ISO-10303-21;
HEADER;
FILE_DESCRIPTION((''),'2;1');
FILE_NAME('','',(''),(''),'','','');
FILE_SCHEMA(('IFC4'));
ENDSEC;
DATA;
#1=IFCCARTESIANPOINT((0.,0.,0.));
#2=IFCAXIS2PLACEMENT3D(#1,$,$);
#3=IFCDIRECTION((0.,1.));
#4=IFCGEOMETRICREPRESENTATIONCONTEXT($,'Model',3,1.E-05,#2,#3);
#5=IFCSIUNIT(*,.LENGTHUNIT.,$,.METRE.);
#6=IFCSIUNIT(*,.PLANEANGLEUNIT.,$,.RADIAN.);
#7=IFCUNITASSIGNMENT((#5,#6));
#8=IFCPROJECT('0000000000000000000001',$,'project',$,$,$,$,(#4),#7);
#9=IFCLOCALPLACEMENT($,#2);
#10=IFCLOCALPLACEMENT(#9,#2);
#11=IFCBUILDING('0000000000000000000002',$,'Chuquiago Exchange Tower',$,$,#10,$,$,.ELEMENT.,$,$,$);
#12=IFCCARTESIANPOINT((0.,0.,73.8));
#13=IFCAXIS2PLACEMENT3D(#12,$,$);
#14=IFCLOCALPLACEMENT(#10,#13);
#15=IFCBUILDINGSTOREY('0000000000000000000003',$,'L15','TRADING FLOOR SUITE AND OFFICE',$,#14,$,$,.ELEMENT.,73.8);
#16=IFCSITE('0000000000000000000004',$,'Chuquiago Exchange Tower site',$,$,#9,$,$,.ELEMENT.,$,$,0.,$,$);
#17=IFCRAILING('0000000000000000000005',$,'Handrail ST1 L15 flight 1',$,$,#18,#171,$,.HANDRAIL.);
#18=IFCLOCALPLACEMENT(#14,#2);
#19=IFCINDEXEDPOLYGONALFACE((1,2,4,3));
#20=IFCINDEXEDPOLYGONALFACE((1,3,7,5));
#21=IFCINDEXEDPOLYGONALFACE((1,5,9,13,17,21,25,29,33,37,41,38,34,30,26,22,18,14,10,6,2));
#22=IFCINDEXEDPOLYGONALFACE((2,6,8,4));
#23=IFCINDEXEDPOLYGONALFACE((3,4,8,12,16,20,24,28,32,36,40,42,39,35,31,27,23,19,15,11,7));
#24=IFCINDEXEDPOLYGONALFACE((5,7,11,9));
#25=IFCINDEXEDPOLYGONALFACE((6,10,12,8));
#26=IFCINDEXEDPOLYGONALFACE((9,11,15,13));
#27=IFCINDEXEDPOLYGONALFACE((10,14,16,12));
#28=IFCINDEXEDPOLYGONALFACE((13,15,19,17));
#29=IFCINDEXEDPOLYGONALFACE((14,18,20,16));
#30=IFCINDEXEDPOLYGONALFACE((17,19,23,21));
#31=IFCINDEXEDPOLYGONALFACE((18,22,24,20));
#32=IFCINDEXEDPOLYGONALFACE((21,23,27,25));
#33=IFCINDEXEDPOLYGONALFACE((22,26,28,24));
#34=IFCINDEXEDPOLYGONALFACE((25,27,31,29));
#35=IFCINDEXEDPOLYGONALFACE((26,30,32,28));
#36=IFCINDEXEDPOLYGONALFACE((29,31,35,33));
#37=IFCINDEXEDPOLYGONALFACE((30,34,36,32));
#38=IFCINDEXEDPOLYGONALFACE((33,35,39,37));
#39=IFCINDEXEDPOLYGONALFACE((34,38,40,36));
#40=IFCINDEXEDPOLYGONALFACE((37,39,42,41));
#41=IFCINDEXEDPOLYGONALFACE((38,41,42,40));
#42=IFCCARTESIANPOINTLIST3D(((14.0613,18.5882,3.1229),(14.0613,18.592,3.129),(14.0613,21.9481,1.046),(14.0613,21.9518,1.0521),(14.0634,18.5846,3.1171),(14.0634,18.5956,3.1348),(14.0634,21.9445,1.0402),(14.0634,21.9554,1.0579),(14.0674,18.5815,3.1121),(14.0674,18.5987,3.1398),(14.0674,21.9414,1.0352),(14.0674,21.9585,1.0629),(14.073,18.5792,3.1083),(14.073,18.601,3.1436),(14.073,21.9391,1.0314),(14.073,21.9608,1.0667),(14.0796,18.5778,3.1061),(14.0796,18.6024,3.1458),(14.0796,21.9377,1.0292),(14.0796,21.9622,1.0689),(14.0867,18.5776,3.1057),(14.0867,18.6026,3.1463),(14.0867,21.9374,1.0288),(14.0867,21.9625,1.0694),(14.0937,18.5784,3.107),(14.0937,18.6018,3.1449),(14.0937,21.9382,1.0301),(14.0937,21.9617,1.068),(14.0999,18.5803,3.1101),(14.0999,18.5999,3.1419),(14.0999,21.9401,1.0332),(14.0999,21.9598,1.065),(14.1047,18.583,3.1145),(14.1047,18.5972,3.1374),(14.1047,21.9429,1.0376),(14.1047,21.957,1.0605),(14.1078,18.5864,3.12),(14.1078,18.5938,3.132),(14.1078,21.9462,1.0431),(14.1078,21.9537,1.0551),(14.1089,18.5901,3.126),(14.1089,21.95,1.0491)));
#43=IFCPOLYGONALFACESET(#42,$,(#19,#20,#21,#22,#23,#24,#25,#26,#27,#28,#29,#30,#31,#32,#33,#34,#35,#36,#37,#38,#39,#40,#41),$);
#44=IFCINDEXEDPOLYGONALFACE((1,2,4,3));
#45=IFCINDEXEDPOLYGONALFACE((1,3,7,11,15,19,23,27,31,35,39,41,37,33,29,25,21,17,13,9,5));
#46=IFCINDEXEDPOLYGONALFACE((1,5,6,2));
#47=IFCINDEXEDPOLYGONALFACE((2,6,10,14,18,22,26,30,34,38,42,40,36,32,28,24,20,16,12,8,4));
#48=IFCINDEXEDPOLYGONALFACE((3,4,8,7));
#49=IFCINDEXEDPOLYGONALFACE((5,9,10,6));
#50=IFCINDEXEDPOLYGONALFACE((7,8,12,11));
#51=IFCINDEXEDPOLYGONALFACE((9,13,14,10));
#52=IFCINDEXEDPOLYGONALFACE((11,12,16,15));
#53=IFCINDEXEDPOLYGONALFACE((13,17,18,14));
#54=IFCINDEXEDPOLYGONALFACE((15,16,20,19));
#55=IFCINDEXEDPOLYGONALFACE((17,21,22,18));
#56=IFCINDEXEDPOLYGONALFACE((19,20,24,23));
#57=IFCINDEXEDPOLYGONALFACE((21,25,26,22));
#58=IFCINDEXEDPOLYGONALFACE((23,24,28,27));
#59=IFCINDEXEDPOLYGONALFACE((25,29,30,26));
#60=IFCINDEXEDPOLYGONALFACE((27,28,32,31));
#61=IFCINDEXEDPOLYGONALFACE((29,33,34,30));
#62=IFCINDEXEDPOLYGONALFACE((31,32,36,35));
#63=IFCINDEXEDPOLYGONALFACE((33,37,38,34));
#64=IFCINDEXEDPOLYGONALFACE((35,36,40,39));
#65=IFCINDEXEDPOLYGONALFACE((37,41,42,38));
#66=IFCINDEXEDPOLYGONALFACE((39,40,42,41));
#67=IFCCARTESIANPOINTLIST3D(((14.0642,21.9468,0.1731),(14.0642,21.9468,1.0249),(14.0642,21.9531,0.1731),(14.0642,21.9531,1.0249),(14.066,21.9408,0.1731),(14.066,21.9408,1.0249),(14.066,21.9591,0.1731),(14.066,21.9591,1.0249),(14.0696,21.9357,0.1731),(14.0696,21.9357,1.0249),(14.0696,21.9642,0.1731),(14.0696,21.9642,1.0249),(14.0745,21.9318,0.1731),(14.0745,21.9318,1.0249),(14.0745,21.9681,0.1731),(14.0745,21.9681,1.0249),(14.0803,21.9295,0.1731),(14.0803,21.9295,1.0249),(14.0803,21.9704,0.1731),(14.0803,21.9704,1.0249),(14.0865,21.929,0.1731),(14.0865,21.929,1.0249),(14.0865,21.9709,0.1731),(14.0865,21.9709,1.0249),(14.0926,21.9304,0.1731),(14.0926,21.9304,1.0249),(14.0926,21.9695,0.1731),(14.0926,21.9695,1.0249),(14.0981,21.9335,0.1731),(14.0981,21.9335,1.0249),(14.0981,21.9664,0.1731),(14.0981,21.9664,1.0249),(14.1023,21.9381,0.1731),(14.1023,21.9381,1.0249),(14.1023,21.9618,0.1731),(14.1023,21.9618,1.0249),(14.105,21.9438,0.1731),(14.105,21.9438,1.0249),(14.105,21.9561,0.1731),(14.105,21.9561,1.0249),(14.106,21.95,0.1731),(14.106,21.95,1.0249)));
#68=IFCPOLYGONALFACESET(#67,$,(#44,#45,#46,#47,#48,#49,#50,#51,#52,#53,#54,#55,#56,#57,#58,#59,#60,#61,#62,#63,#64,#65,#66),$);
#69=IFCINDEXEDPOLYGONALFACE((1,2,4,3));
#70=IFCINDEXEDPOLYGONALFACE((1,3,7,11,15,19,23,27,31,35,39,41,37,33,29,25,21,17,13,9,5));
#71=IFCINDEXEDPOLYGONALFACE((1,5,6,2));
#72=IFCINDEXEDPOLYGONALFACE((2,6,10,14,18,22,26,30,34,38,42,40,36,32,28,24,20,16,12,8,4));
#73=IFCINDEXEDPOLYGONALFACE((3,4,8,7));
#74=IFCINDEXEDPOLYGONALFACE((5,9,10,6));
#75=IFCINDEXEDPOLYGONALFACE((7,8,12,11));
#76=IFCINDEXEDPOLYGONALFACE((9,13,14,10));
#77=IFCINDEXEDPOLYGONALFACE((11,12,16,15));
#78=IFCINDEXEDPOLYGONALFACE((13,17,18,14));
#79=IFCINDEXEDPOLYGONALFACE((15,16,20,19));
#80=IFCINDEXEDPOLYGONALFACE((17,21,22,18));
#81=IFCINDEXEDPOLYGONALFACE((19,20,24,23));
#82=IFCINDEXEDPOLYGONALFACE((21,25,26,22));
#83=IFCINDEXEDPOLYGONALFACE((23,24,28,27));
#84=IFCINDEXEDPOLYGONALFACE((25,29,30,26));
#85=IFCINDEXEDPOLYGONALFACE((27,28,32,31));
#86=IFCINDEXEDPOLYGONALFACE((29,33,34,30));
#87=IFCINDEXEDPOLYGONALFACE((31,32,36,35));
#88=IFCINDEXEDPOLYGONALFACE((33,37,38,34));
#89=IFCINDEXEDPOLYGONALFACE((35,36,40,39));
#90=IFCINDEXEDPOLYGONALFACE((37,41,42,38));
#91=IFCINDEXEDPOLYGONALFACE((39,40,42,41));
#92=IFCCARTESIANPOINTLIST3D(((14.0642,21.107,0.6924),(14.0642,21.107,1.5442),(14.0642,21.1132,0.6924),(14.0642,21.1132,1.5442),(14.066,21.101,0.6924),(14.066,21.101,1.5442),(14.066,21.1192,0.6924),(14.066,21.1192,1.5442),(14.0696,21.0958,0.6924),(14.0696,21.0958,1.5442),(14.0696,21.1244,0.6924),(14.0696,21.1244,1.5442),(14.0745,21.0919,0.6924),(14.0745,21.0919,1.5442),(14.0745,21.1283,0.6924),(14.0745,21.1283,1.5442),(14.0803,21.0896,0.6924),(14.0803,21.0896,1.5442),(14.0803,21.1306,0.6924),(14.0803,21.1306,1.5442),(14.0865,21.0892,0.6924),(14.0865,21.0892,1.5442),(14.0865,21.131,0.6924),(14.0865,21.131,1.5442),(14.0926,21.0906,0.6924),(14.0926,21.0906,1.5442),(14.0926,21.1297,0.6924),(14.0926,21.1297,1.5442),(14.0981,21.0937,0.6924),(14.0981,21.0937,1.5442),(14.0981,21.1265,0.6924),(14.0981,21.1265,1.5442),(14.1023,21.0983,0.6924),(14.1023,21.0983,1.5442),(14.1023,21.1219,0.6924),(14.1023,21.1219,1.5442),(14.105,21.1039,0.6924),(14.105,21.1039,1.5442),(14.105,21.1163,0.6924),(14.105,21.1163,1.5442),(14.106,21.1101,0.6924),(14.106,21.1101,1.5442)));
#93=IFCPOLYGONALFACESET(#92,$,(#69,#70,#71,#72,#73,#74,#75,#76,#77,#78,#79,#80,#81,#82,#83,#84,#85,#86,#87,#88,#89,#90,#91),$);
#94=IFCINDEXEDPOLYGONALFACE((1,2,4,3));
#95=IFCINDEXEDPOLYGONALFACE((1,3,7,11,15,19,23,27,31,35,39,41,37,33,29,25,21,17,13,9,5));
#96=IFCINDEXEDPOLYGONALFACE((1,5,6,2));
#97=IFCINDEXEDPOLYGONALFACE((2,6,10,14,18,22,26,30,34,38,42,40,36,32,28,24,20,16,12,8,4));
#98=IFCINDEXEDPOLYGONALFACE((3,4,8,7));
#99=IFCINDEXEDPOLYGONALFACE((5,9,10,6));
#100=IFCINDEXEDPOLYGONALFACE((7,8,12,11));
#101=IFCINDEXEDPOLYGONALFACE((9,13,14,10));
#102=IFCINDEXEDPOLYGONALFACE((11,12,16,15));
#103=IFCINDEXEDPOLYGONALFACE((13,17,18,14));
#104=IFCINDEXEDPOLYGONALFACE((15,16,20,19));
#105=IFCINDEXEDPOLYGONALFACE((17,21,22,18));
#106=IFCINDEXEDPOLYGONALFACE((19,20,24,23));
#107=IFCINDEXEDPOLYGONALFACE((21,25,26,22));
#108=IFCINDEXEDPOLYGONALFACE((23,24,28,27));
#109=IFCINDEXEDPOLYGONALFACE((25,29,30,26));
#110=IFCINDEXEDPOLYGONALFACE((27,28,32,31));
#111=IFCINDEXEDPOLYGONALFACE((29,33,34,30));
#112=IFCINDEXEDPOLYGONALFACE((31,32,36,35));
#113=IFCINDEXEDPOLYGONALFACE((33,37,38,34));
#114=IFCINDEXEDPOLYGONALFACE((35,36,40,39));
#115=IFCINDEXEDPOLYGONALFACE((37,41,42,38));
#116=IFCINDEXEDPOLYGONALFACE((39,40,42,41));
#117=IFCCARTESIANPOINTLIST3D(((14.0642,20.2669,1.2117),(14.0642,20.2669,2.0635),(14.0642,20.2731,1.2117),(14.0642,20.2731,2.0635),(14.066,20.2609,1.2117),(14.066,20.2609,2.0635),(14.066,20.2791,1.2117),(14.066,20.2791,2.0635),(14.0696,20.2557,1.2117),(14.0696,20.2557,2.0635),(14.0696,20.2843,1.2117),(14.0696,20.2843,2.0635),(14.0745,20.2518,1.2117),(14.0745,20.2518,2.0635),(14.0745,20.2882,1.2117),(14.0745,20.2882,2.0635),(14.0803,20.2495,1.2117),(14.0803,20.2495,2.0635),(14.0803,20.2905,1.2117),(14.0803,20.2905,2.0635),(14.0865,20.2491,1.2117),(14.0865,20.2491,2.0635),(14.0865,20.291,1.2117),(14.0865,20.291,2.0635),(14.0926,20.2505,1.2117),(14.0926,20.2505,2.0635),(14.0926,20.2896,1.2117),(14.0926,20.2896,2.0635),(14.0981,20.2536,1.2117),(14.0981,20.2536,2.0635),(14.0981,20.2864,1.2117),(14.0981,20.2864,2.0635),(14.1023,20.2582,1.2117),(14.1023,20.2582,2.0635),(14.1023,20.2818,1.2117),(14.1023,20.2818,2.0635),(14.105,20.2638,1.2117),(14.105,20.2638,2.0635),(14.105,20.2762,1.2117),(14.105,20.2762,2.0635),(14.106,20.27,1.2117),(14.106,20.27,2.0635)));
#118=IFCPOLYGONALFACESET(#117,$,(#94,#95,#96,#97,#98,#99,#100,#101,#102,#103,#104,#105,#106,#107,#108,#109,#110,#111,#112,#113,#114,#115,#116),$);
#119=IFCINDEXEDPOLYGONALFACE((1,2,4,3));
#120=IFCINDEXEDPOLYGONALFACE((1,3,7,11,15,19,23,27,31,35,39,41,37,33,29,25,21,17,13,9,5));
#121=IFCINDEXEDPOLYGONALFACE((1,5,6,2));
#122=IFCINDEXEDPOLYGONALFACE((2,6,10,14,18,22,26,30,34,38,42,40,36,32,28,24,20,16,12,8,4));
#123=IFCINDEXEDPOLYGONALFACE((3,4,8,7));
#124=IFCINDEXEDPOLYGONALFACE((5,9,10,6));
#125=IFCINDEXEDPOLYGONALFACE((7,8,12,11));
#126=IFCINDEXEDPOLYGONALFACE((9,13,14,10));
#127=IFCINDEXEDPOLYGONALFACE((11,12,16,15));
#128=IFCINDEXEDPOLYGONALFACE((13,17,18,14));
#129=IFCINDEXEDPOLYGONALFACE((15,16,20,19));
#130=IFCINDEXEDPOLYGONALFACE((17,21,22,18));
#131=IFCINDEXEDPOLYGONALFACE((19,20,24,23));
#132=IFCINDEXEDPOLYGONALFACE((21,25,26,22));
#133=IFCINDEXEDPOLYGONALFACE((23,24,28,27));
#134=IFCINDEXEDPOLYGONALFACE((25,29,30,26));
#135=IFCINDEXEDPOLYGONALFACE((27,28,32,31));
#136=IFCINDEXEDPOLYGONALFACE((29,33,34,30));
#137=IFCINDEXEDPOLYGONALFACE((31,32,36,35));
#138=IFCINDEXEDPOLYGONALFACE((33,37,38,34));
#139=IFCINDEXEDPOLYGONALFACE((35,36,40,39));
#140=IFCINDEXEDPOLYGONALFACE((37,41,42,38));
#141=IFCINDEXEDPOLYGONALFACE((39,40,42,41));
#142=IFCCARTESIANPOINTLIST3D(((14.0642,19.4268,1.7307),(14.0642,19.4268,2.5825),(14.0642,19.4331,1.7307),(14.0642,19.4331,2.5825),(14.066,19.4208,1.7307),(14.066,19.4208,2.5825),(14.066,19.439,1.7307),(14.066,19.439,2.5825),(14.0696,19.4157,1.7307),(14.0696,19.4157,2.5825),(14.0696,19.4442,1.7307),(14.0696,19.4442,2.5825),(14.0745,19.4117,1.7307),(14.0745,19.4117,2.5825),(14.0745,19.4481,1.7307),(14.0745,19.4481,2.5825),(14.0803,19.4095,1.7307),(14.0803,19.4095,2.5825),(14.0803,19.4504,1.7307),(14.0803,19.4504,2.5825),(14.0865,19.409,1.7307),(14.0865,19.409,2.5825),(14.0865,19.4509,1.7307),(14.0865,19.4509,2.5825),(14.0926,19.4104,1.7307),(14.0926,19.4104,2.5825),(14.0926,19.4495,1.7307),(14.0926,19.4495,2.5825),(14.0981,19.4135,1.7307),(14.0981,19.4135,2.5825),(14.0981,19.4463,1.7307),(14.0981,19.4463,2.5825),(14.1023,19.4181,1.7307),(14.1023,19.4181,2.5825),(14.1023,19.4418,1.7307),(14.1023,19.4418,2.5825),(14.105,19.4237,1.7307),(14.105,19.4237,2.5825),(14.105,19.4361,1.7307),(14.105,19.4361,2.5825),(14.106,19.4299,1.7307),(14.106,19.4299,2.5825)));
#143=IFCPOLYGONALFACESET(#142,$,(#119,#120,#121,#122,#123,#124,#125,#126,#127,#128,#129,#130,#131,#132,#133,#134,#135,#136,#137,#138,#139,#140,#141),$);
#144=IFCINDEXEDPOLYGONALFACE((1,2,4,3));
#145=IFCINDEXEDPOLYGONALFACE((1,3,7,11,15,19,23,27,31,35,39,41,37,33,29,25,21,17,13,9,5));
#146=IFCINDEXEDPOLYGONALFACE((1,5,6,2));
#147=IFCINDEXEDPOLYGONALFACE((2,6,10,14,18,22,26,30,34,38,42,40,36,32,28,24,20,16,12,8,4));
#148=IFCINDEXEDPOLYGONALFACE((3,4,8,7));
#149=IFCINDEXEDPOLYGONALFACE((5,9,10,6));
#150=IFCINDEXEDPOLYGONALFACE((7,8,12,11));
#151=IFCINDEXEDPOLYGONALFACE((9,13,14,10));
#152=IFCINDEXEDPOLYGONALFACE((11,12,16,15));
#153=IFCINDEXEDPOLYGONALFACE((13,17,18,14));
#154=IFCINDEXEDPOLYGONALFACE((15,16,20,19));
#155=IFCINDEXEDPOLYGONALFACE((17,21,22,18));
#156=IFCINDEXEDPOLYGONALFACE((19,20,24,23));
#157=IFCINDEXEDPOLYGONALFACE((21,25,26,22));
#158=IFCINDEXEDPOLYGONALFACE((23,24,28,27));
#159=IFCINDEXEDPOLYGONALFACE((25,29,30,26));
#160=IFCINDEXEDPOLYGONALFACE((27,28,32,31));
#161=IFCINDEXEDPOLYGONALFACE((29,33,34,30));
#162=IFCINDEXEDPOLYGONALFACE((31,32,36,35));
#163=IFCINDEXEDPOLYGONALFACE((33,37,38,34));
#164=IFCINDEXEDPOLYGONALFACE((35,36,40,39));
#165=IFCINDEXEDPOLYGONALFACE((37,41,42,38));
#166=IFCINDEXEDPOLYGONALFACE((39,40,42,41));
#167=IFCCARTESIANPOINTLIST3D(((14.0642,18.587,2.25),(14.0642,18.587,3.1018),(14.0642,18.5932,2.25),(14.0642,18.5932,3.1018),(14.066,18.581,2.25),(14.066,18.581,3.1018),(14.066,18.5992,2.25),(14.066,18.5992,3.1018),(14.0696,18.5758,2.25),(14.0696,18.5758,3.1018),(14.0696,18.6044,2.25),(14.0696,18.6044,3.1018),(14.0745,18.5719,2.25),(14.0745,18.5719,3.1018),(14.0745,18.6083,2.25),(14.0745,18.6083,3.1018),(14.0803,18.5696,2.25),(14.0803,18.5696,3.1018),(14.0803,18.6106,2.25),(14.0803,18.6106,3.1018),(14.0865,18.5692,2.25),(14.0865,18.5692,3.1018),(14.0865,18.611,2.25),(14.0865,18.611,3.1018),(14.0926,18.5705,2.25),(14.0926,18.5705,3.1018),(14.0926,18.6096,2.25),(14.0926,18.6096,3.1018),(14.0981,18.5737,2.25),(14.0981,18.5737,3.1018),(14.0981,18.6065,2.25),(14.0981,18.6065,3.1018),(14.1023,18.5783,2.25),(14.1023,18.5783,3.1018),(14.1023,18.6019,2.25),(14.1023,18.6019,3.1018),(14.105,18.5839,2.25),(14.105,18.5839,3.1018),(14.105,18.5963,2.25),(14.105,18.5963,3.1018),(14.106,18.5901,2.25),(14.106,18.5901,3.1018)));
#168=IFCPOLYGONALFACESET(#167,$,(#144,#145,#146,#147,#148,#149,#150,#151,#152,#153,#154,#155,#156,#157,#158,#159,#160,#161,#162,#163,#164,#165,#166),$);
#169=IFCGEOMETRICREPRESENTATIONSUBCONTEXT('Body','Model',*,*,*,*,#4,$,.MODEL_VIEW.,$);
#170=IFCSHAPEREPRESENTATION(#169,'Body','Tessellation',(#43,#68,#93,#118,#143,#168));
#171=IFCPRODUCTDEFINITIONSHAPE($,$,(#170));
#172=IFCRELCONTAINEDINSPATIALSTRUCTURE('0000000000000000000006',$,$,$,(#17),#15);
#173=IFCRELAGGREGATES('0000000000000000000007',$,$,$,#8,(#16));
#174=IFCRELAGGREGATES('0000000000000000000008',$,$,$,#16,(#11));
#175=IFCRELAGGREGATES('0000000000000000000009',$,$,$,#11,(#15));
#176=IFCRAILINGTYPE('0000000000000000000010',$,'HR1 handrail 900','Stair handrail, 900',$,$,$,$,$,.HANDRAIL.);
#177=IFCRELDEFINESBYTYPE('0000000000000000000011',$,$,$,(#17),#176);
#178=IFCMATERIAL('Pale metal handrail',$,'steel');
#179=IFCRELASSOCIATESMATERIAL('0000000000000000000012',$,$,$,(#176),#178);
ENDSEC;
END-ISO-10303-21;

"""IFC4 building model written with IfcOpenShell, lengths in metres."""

from ifc_helpers import new_model, si_unit, direction, frame, origin, origin_2d, place, context, subcontext, project, spatial, circle, extrude, material, type_object, element, save


model = new_model("IFC4")

# Units and contexts
model_context = context("Model", 3, precision=1e-05, world=origin(), true_north=direction((0.0, 1.0)))
body_context = subcontext(model_context, "Body", "Model", "MODEL_VIEW")
ifc_project = project(units=[si_unit("LENGTHUNIT", "METRE"), si_unit("PLANEANGLEUNIT", "RADIAN")], contexts=[model_context])

# Site, building, storey
site_placement = place(None, origin())
site = spatial("IfcSite", under=ifc_project, at=site_placement, Name="Chuquiago Exchange Tower site", CompositionType="ELEMENT", RefElevation=0.0)
building_placement = place(site_placement, origin())
building = spatial("IfcBuilding", under=site, at=building_placement, Name="Chuquiago Exchange Tower", CompositionType="ELEMENT")
storey_placement = place(building_placement, frame((0.0, 0.0, 73.8)))
storey = spatial("IfcBuildingStorey", under=building, at=storey_placement, Name="L15", Description="TRADING FLOOR SUITE AND OFFICE", CompositionType="ELEMENT", Elevation=73.8)

# Railing
ifc_material_1 = material(Name="Pale metal handrail", Category="steel")
railing_type = type_object("IfcRailingType", Name="HR1 handrail 900", Description="Stair handrail, 900", PredefinedType="HANDRAIL", material=ifc_material_1)
for number, where, name in (
    (1, (14.085, 21.95, 0.1731), "Handrail ST1 L15 flight 1"),
):
    element("IfcRailing", number, at=place(storey_placement, frame(where)), inside=storey, type_object=railing_type, Name=name, PredefinedType="HANDRAIL", context=body_context, shape_type="SweptSolid", body=[
        extrude(circle(Radius=0.0239, at=origin_2d()), frame((0.0, 0.0, 0.876), z_axis=(0.0, -0.850606, 0.525803), x_axis=(1.0, 0.0, 0.0)), (0.0, 0.0, 1.0), 3.95),
        extrude(circle(Radius=0.021, at=origin_2d()), origin(), (0.0, 0.0, 1.0), 0.8518),
        extrude(circle(Radius=0.021, at=origin_2d()), frame((0.0, -0.8398, 0.5193)), (0.0, 0.0, 1.0), 0.8518),
        extrude(circle(Radius=0.021, at=origin_2d()), frame((0.0, -1.6799, 1.0386)), (0.0, 0.0, 1.0), 0.8518),
        extrude(circle(Radius=0.021, at=origin_2d()), frame((0.0, -2.52, 1.5576)), (0.0, 0.0, 1.0), 0.8518),
        extrude(circle(Radius=0.021, at=origin_2d()), frame((0.0, -3.3599, 2.0769)), (0.0, 0.0, 1.0), 0.8518),
    ])

save(model, "model.ifc")
